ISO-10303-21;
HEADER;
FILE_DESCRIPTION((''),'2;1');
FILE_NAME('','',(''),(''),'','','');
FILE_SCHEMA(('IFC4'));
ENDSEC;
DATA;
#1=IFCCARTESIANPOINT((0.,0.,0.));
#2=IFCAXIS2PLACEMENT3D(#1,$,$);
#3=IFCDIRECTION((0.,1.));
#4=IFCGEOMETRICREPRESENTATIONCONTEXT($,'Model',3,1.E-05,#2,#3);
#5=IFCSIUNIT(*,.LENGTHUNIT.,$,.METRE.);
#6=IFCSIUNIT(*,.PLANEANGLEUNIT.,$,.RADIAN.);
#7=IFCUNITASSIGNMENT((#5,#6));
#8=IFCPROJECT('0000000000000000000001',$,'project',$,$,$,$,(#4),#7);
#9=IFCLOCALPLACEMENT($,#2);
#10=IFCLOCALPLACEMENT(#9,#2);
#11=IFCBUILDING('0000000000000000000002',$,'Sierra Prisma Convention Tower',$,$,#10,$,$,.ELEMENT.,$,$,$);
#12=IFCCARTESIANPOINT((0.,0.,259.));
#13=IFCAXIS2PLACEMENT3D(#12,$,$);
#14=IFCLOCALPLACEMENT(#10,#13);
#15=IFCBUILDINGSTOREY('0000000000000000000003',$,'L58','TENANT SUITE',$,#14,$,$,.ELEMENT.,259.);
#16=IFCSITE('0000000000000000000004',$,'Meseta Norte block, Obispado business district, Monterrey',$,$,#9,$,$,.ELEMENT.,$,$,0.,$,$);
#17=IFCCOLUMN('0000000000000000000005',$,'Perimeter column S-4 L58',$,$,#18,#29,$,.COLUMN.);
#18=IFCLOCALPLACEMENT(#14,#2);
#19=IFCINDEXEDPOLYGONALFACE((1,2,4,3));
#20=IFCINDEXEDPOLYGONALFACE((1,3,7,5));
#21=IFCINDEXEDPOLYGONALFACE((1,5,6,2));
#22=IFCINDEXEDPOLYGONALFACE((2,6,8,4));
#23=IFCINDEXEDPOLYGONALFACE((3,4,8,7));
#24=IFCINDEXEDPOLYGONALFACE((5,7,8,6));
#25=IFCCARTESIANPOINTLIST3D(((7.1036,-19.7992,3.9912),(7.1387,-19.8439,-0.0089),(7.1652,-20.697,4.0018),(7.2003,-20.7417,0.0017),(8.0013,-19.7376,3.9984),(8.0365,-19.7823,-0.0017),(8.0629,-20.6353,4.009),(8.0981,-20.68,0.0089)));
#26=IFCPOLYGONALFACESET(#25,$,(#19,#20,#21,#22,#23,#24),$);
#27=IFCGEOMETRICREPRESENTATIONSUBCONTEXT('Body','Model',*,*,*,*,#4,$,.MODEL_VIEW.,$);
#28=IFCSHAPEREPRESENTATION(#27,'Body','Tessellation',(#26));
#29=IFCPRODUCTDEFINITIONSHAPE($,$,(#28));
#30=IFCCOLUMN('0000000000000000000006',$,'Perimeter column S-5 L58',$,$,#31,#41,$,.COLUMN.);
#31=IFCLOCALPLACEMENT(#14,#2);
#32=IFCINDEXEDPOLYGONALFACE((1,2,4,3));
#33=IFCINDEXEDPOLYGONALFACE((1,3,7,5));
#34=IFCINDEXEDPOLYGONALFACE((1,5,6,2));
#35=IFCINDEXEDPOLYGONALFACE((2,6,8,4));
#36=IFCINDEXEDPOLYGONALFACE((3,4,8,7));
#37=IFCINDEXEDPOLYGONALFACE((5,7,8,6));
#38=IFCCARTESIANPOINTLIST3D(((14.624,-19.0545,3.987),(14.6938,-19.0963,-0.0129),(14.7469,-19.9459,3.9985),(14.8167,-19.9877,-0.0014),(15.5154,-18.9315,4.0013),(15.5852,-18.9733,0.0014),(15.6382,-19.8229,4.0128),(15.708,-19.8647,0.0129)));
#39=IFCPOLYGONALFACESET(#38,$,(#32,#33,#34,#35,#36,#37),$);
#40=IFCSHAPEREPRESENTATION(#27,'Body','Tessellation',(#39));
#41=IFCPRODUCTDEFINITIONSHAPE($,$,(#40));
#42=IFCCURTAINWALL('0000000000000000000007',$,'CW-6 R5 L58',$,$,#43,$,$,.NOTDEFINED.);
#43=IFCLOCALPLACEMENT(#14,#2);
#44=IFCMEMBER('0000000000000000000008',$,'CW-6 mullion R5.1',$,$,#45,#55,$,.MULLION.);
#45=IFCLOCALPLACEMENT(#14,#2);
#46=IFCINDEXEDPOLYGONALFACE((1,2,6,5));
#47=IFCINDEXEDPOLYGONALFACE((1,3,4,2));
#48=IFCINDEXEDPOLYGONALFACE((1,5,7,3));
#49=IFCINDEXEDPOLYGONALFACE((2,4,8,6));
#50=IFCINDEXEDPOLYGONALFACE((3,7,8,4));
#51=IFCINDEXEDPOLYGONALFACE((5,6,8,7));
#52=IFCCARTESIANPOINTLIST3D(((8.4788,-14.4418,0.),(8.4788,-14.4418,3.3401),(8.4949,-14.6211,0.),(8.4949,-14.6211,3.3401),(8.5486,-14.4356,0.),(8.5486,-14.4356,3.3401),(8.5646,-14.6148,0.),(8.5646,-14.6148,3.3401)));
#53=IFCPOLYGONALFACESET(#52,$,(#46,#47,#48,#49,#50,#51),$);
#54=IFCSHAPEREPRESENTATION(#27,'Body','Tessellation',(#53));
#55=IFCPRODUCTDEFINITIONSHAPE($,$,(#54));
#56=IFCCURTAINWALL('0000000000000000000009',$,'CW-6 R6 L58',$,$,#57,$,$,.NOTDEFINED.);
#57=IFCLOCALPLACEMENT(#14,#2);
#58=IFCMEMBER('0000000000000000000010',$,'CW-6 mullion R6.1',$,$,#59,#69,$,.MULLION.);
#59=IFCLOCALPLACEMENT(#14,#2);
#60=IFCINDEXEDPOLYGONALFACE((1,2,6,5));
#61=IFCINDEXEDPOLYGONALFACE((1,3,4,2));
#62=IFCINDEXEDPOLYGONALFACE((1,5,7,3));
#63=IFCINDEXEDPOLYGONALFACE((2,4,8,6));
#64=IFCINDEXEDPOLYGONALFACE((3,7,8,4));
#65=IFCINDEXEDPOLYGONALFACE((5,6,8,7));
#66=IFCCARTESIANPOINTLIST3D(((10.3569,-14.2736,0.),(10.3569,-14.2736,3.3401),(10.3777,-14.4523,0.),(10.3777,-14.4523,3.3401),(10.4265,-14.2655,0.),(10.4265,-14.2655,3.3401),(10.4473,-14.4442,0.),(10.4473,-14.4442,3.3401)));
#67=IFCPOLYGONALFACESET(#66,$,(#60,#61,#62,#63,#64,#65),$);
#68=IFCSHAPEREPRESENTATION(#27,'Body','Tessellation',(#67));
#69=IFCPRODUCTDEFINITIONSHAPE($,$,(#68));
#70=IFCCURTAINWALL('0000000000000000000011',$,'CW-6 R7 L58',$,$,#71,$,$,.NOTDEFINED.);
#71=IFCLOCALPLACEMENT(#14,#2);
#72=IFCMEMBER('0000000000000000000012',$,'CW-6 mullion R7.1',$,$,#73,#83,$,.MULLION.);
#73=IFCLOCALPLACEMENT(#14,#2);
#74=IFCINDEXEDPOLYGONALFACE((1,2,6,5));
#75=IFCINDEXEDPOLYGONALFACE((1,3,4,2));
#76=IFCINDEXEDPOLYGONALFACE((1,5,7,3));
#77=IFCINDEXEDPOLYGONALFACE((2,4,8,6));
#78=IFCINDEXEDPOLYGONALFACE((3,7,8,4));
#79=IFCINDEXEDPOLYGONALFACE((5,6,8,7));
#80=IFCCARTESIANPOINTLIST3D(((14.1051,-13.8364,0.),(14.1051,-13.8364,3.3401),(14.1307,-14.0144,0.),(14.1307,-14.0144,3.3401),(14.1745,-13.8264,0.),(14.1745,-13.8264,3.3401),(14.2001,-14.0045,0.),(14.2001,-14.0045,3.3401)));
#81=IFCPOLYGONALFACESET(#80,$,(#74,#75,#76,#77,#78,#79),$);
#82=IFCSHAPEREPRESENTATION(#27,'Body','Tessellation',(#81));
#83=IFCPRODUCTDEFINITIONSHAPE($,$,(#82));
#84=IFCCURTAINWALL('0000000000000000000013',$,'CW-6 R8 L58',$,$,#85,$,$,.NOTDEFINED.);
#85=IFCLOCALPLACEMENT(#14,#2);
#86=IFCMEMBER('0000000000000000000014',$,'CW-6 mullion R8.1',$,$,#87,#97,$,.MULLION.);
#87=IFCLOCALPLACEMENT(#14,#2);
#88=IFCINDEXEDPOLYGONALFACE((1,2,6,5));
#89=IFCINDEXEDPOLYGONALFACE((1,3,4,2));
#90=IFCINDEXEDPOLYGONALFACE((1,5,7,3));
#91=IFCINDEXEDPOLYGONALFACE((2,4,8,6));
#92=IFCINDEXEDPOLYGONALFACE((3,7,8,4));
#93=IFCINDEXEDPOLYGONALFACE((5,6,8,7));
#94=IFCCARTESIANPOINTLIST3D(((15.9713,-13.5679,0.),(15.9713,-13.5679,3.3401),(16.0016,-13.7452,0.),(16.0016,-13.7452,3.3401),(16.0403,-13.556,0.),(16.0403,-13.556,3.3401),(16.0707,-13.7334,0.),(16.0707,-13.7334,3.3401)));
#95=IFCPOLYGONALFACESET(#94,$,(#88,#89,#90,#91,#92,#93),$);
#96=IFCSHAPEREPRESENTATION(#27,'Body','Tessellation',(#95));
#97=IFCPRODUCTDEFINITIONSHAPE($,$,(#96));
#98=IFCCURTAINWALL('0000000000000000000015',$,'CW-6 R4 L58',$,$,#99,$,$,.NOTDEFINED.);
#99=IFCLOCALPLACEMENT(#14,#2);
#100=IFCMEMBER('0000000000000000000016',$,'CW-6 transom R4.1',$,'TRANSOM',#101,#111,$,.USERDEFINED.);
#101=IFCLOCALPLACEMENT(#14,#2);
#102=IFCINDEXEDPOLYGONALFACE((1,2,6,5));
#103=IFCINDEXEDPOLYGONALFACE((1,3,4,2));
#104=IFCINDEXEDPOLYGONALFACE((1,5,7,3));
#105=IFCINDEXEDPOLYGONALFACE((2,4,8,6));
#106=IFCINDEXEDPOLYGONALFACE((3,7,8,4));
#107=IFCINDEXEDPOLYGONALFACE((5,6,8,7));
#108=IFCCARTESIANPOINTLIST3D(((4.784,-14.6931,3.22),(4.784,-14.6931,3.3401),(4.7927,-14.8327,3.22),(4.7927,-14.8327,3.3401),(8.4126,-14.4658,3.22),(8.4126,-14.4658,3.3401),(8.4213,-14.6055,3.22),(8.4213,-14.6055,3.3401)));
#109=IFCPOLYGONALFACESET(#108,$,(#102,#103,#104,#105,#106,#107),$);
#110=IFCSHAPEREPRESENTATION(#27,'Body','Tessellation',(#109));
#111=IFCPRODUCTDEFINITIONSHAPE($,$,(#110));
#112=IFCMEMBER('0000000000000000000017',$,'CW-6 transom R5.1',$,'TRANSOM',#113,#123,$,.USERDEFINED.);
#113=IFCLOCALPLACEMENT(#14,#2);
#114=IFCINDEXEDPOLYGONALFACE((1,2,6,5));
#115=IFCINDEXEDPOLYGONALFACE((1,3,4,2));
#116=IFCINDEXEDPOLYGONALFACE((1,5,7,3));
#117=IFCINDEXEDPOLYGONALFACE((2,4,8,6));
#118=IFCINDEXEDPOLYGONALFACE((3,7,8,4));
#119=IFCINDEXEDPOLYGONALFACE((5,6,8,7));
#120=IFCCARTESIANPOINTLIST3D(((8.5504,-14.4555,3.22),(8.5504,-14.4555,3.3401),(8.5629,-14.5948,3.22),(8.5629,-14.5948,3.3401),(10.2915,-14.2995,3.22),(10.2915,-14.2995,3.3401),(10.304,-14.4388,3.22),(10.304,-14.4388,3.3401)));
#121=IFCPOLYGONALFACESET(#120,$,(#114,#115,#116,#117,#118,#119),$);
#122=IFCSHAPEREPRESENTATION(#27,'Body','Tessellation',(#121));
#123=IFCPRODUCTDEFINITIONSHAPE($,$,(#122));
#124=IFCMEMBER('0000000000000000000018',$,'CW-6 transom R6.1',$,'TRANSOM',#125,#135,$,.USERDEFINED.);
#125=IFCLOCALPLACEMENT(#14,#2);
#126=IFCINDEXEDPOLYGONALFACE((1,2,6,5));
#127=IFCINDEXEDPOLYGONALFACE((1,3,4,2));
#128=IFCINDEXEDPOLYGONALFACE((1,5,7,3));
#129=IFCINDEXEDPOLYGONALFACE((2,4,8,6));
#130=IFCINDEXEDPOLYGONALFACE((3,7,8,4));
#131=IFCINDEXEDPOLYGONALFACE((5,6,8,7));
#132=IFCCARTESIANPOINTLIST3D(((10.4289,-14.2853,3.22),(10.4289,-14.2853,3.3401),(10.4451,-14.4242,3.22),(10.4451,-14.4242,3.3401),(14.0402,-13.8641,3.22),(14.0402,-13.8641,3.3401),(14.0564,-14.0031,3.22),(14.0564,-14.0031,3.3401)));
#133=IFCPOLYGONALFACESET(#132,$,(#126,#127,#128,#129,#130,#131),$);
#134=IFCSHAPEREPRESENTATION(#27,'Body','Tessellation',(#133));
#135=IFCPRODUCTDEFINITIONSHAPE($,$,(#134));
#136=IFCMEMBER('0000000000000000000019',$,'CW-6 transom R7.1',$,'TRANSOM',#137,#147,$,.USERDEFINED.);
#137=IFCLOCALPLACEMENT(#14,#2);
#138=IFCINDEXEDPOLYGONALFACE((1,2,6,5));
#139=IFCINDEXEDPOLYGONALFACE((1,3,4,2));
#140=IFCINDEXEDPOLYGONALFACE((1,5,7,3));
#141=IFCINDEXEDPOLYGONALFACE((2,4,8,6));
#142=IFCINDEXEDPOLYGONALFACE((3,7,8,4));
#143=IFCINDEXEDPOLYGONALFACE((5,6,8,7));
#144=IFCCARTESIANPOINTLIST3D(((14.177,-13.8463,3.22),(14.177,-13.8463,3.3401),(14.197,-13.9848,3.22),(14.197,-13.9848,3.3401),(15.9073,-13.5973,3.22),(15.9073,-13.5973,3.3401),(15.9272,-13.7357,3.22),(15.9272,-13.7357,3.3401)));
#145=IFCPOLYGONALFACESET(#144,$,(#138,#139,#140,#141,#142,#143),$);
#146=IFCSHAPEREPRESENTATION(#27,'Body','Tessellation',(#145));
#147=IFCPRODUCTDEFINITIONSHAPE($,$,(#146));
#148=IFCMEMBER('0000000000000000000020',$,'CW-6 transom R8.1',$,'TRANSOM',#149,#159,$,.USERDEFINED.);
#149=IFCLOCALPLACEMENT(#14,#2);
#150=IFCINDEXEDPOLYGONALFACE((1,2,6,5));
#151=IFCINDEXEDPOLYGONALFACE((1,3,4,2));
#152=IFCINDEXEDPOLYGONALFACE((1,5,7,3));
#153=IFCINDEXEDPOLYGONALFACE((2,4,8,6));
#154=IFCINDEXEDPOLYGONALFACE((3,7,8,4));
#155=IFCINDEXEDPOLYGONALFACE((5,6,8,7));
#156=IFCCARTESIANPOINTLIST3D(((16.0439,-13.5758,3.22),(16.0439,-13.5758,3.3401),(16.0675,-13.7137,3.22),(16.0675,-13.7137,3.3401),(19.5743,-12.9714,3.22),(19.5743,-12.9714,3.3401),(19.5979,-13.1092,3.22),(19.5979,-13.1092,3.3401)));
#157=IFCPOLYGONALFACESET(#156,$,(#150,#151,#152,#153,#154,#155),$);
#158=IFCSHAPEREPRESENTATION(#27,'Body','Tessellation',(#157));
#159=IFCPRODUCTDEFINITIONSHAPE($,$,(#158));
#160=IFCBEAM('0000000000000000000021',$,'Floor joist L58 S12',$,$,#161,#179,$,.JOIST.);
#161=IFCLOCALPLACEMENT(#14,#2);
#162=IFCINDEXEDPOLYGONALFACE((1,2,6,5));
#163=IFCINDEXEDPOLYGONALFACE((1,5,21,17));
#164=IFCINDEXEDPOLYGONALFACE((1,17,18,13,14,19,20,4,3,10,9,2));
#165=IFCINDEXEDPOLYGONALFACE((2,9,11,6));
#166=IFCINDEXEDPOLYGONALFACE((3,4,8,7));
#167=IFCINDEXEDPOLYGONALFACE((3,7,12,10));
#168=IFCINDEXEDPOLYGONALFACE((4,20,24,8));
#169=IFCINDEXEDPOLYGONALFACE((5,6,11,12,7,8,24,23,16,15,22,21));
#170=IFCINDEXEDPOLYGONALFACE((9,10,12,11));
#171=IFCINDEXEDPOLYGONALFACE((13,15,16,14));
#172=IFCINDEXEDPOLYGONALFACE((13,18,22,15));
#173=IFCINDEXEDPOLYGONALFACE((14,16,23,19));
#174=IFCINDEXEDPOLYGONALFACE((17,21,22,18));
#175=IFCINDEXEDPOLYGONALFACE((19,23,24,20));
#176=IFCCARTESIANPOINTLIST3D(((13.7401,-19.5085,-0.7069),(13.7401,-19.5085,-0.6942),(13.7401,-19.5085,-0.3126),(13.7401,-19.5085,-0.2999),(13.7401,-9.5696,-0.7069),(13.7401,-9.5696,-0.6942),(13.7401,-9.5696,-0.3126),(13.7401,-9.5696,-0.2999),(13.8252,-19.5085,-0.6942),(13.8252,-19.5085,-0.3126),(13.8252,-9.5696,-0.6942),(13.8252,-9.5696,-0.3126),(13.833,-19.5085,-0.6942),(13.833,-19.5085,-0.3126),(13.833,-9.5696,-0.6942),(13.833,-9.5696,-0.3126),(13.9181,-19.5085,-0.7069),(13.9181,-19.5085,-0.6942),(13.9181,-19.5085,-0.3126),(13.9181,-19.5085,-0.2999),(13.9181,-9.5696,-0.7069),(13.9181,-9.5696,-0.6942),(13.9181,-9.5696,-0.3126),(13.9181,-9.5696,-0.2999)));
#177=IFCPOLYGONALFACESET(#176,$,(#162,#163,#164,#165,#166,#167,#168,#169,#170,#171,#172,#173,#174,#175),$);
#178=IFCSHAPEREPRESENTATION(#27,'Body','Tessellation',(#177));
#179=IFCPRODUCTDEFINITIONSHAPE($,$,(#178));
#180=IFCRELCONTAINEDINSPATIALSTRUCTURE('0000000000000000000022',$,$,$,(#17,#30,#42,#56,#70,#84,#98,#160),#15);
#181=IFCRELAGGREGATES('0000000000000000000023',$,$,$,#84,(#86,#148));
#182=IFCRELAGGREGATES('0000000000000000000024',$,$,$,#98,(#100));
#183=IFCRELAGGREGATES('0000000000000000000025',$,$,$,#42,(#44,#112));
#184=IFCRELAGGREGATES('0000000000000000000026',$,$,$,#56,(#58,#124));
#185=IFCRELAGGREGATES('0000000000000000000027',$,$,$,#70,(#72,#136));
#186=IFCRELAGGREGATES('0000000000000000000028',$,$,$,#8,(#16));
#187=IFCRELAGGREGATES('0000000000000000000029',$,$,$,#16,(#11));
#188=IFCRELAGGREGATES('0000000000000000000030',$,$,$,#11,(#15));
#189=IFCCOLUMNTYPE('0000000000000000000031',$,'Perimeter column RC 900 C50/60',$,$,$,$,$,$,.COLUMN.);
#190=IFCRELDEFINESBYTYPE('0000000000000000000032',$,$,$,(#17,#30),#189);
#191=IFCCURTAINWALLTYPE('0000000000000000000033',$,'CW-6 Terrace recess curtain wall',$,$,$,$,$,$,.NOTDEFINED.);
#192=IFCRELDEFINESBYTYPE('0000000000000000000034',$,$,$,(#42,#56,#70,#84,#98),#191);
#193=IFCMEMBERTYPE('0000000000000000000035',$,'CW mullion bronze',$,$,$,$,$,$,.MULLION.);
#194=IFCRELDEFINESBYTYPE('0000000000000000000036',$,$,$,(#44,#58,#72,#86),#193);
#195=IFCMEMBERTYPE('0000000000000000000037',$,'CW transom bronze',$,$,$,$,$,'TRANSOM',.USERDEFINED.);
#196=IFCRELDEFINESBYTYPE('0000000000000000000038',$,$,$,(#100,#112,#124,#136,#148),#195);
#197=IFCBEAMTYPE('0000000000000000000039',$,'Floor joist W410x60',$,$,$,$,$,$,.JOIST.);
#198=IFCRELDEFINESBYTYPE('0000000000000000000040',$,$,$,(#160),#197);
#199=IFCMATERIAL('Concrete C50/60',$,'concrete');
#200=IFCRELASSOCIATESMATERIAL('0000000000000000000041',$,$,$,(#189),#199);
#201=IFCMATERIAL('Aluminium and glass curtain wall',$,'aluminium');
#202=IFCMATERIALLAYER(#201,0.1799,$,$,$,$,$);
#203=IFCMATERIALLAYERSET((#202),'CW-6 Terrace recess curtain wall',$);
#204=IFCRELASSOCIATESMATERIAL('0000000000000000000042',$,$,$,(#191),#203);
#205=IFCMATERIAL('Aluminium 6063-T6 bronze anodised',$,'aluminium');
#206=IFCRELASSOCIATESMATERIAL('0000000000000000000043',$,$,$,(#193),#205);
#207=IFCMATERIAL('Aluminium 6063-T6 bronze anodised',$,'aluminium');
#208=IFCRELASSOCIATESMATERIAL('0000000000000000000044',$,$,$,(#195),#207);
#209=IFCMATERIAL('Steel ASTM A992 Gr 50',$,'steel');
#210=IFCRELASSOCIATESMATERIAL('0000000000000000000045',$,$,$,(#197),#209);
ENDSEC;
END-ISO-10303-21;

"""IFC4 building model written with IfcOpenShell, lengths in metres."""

from ifc_helpers import new_model, si_unit, direction, frame, origin, origin_2d, place, context, subcontext, project, spatial, rectangle, i_section, extrude, material, layer, layer_set, material_profile, profile_set, type_object, element, aggregate, save


model = new_model("IFC4")

# Units and contexts
model_context = context("Model", 3, precision=1e-05, world=origin(), true_north=direction((0.0, 1.0)))
body_context = subcontext(model_context, "Body", "Model", "MODEL_VIEW")
ifc_project = project(units=[si_unit("LENGTHUNIT", "METRE"), si_unit("PLANEANGLEUNIT", "RADIAN")], contexts=[model_context])

# Site, building, storey
site_placement = place(None, origin())
site = spatial("IfcSite", under=ifc_project, at=site_placement, Name="Meseta Norte block, Obispado business district, Monterrey", CompositionType="ELEMENT", RefElevation=0.0)
building_placement = place(site_placement, origin())
building = spatial("IfcBuilding", under=site, at=building_placement, Name="Sierra Prisma Convention Tower", CompositionType="ELEMENT")
storey_placement = place(building_placement, frame((0.0, 0.0, 259.0)))
storey = spatial("IfcBuildingStorey", under=building, at=storey_placement, Name="L58", Description="TENANT SUITE", CompositionType="ELEMENT", Elevation=259.0)

# Columns
ifc_material_1 = material(Name="Concrete C50/60", Category="concrete")
ifc_material_profile_1 = material_profile(ifc_material_1, rectangle(XDim=0.8999, YDim=0.8999, at=origin_2d()), Name="Perimeter column RC 900 C50/60")
ifc_profile_set_1 = profile_set([ifc_material_profile_1], Name="Concrete C50/60")
column_type = type_object("IfcColumnType", Name="Perimeter column RC 900 C50/60", PredefinedType="COLUMN", material=ifc_profile_set_1)
column_1_placement = place(storey_placement, frame((7.6184, -20.262, 0.0), z_axis=(-0.008788, 0.011168, 0.999899), x_axis=(0.997618, 0.068513, 0.008003)))
element("IfcColumn", 1, at=column_1_placement, inside=storey, type_object=column_type, Name="Perimeter column S-4 L58", PredefinedType="COLUMN", context=body_context, shape_type="SweptSolid", body=[
    extrude(rectangle(XDim=0.8999, YDim=0.8999, at=origin_2d()), origin(), (0.0, 0.0, 1.0), 4.0005),
])
column_2_placement = place(storey_placement, frame((15.2009, -19.4805, 0.0), z_axis=(-0.017452, 0.010435, 0.999793), x_axis=(0.990486, 0.136693, 0.015863)))
element("IfcColumn", 2, at=column_2_placement, inside=storey, type_object=column_type, Name="Perimeter column S-5 L58", PredefinedType="COLUMN", context=body_context, shape_type="SweptSolid", body=[
    extrude(rectangle(XDim=0.8999, YDim=0.8999, at=origin_2d()), origin(), (0.0, 0.0, 1.0), 4.0007),
])

# Curtain walls, members
ifc_material_2 = material(Name="Aluminium and glass curtain wall", Category="aluminium")
ifc_layer_1 = layer(ifc_material_2, 0.1799)
ifc_layer_set_1 = layer_set([ifc_layer_1], Name="CW-6 Terrace recess curtain wall")
curtain_wall_type = type_object("IfcCurtainWallType", Name="CW-6 Terrace recess curtain wall", PredefinedType="NOTDEFINED", material=ifc_layer_set_1)
curtain_wall_1_placement = place(storey_placement, origin())
curtain_wall_1 = element("IfcCurtainWall", 3, at=curtain_wall_1_placement, inside=storey, type_object=curtain_wall_type, Name="CW-6 R5 L58", PredefinedType="NOTDEFINED")
ifc_material_3 = material(Name="Aluminium 6063-T6 bronze anodised", Category="aluminium")
ifc_material_profile_2 = material_profile(ifc_material_3, rectangle(XDim=0.1799, YDim=0.0701, at=origin_2d()), Name="ALU MULLION 70x180")
ifc_profile_set_2 = profile_set([ifc_material_profile_2], Name="Aluminium 6063-T6 bronze anodised")
member_type_1 = type_object("IfcMemberType", Name="CW mullion bronze", PredefinedType="MULLION", material=ifc_profile_set_2)
member_1_placement = place(storey_placement, frame((8.5217, -14.5283, 0.0), z_axis=(0.0, 0.0, 1.0), x_axis=(-0.089194, 0.996014, 0.0)))
member_1 = element("IfcMember", 4, at=member_1_placement, type_object=member_type_1, Name="CW-6 mullion R5.1", PredefinedType="MULLION", context=body_context, shape_type="SweptSolid", body=[
    extrude(rectangle(XDim=0.1799, YDim=0.0701, at=origin_2d()), origin(), (0.0, 0.0, 1.0), 3.3401),
])
curtain_wall_2_placement = place(storey_placement, origin())
curtain_wall_2 = element("IfcCurtainWall", 5, at=curtain_wall_2_placement, inside=storey, type_object=curtain_wall_type, Name="CW-6 R6 L58", PredefinedType="NOTDEFINED")
member_2_placement = place(storey_placement, frame((10.4021, -14.3589, 0.0), z_axis=(0.0, 0.0, 1.0), x_axis=(-0.115846, 0.993267, 0.0)))
member_2 = element("IfcMember", 6, at=member_2_placement, type_object=member_type_1, Name="CW-6 mullion R6.1", PredefinedType="MULLION", context=body_context, shape_type="SweptSolid", body=[
    extrude(rectangle(XDim=0.1799, YDim=0.0701, at=origin_2d()), origin(), (0.0, 0.0, 1.0), 3.3401),
])
curtain_wall_3_placement = place(storey_placement, origin())
curtain_wall_3 = element("IfcCurtainWall", 7, at=curtain_wall_3_placement, inside=storey, type_object=curtain_wall_type, Name="CW-6 R7 L58", PredefinedType="NOTDEFINED")
member_3_placement = place(storey_placement, frame((14.1526, -13.9204, 0.0), z_axis=(0.0, 0.0, 1.0), x_axis=(-0.142415, 0.989807, 0.0)))
member_3 = element("IfcMember", 8, at=member_3_placement, type_object=member_type_1, Name="CW-6 mullion R7.1", PredefinedType="MULLION", context=body_context, shape_type="SweptSolid", body=[
    extrude(rectangle(XDim=0.1799, YDim=0.0701, at=origin_2d()), origin(), (0.0, 0.0, 1.0), 3.3401),
])
curtain_wall_4_placement = place(storey_placement, origin())
curtain_wall_4 = element("IfcCurtainWall", 9, at=curtain_wall_4_placement, inside=storey, type_object=curtain_wall_type, Name="CW-6 R8 L58", PredefinedType="NOTDEFINED")
member_4_placement = place(storey_placement, frame((16.021, -13.6506, 0.0), z_axis=(0.0, 0.0, 1.0), x_axis=(-0.168754, 0.985658, 0.0)))
member_4 = element("IfcMember", 10, at=member_4_placement, type_object=member_type_1, Name="CW-6 mullion R8.1", PredefinedType="MULLION", context=body_context, shape_type="SweptSolid", body=[
    extrude(rectangle(XDim=0.1799, YDim=0.0701, at=origin_2d()), origin(), (0.0, 0.0, 1.0), 3.3401),
])
curtain_wall_5_placement = place(storey_placement, origin())
curtain_wall_5 = element("IfcCurtainWall", 11, at=curtain_wall_5_placement, inside=storey, type_object=curtain_wall_type, Name="CW-6 R4 L58", PredefinedType="NOTDEFINED")
ifc_material_4 = material(Name="Aluminium 6063-T6 bronze anodised", Category="aluminium")
ifc_material_profile_3 = material_profile(ifc_material_4, rectangle(XDim=0.1399, YDim=0.1201, at=origin_2d()), Name="ALU TRANSOM 120x140")
ifc_profile_set_3 = profile_set([ifc_material_profile_3], Name="Aluminium 6063-T6 bronze anodised")
member_type_2 = type_object("IfcMemberType", Name="CW transom bronze", ElementType="TRANSOM", PredefinedType="USERDEFINED", material=ifc_profile_set_3)
member_5_placement = place(storey_placement, frame((4.7883, -14.7629, 3.28), z_axis=(0.998044, 0.062516, 0.0), x_axis=(-0.062516, 0.998044, 0.0)))
member_5 = element("IfcMember", 12, at=member_5_placement, type_object=member_type_2, Name="CW-6 transom R4.1", ObjectType="TRANSOM", PredefinedType="USERDEFINED", context=body_context, shape_type="SweptSolid", body=[
    extrude(rectangle(XDim=0.1399, YDim=0.1201, at=origin_2d()), origin(), (0.0, 0.0, 1.0), 3.6357),
])

# Members
member_6_placement = place(storey_placement, frame((8.5566, -14.5251, 3.28), z_axis=(0.996009, 0.089251, 0.0), x_axis=(-0.089251, 0.996009, 0.0)))
member_6 = element("IfcMember", 13, at=member_6_placement, type_object=member_type_2, Name="CW-6 transom R5.1", ObjectType="TRANSOM", PredefinedType="USERDEFINED", context=body_context, shape_type="SweptSolid", body=[
    extrude(rectangle(XDim=0.1399, YDim=0.1201, at=origin_2d()), origin(), (0.0, 0.0, 1.0), 1.748),
])
member_7_placement = place(storey_placement, frame((10.437, -14.3547, 3.28), z_axis=(0.993269, 0.115832, 0.0), x_axis=(-0.115832, 0.993269, 0.0)))
member_7 = element("IfcMember", 14, at=member_7_placement, type_object=member_type_2, Name="CW-6 transom R6.1", ObjectType="TRANSOM", PredefinedType="USERDEFINED", context=body_context, shape_type="SweptSolid", body=[
    extrude(rectangle(XDim=0.1399, YDim=0.1201, at=origin_2d()), origin(), (0.0, 0.0, 1.0), 3.6357),
])
member_8_placement = place(storey_placement, frame((14.187, -13.9155, 3.28), z_axis=(0.989801, 0.142458, 0.0), x_axis=(-0.142458, 0.989801, 0.0)))
member_8 = element("IfcMember", 15, at=member_8_placement, type_object=member_type_2, Name="CW-6 transom R7.1", ObjectType="TRANSOM", PredefinedType="USERDEFINED", context=body_context, shape_type="SweptSolid", body=[
    extrude(rectangle(XDim=0.1399, YDim=0.1201, at=origin_2d()), origin(), (0.0, 0.0, 1.0), 1.748),
])
member_9_placement = place(storey_placement, frame((16.0557, -13.6448, 3.28), z_axis=(0.985657, 0.168763, 0.0), x_axis=(-0.168763, 0.985657, 0.0)))
member_9 = element("IfcMember", 16, at=member_9_placement, type_object=member_type_2, Name="CW-6 transom R8.1", ObjectType="TRANSOM", PredefinedType="USERDEFINED", context=body_context, shape_type="SweptSolid", body=[
    extrude(rectangle(XDim=0.1399, YDim=0.1201, at=origin_2d()), origin(), (0.0, 0.0, 1.0), 3.5818),
])
aggregate(curtain_wall_4, [member_4, member_9])

# Beam
ifc_material_5 = material(Name="Steel ASTM A992 Gr 50", Category="steel")
ifc_material_profile_4 = material_profile(ifc_material_5, i_section(OverallWidth=0.178, OverallDepth=0.407, WebThickness=0.0078, FlangeThickness=0.0127, at=origin_2d()), Name="W410x60")
ifc_profile_set_4 = profile_set([ifc_material_profile_4], Name="Steel ASTM A992 Gr 50")
beam_type_1 = type_object("IfcBeamType", Name="Floor joist W410x60", PredefinedType="JOIST", material=ifc_profile_set_4)
beam_1_placement = place(storey_placement, frame((13.8291, -19.5085, -0.5034), z_axis=(0.0, 1.0, 0.0), x_axis=(-1.0, 0.0, 0.0)))
element("IfcBeam", 17, at=beam_1_placement, inside=storey, type_object=beam_type_1, Name="Floor joist L58 S12", PredefinedType="JOIST", context=body_context, shape_type="SweptSolid", body=[
    extrude(i_section(OverallWidth=0.178, OverallDepth=0.407, WebThickness=0.0078, FlangeThickness=0.0127, at=origin_2d()), origin(), (0.0, 0.0, 1.0), 9.939),
])

aggregate(curtain_wall_5, [member_5])
aggregate(curtain_wall_1, [member_1, member_6])
aggregate(curtain_wall_2, [member_2, member_7])
aggregate(curtain_wall_3, [member_3, member_8])

save(model, "model.ifc")
